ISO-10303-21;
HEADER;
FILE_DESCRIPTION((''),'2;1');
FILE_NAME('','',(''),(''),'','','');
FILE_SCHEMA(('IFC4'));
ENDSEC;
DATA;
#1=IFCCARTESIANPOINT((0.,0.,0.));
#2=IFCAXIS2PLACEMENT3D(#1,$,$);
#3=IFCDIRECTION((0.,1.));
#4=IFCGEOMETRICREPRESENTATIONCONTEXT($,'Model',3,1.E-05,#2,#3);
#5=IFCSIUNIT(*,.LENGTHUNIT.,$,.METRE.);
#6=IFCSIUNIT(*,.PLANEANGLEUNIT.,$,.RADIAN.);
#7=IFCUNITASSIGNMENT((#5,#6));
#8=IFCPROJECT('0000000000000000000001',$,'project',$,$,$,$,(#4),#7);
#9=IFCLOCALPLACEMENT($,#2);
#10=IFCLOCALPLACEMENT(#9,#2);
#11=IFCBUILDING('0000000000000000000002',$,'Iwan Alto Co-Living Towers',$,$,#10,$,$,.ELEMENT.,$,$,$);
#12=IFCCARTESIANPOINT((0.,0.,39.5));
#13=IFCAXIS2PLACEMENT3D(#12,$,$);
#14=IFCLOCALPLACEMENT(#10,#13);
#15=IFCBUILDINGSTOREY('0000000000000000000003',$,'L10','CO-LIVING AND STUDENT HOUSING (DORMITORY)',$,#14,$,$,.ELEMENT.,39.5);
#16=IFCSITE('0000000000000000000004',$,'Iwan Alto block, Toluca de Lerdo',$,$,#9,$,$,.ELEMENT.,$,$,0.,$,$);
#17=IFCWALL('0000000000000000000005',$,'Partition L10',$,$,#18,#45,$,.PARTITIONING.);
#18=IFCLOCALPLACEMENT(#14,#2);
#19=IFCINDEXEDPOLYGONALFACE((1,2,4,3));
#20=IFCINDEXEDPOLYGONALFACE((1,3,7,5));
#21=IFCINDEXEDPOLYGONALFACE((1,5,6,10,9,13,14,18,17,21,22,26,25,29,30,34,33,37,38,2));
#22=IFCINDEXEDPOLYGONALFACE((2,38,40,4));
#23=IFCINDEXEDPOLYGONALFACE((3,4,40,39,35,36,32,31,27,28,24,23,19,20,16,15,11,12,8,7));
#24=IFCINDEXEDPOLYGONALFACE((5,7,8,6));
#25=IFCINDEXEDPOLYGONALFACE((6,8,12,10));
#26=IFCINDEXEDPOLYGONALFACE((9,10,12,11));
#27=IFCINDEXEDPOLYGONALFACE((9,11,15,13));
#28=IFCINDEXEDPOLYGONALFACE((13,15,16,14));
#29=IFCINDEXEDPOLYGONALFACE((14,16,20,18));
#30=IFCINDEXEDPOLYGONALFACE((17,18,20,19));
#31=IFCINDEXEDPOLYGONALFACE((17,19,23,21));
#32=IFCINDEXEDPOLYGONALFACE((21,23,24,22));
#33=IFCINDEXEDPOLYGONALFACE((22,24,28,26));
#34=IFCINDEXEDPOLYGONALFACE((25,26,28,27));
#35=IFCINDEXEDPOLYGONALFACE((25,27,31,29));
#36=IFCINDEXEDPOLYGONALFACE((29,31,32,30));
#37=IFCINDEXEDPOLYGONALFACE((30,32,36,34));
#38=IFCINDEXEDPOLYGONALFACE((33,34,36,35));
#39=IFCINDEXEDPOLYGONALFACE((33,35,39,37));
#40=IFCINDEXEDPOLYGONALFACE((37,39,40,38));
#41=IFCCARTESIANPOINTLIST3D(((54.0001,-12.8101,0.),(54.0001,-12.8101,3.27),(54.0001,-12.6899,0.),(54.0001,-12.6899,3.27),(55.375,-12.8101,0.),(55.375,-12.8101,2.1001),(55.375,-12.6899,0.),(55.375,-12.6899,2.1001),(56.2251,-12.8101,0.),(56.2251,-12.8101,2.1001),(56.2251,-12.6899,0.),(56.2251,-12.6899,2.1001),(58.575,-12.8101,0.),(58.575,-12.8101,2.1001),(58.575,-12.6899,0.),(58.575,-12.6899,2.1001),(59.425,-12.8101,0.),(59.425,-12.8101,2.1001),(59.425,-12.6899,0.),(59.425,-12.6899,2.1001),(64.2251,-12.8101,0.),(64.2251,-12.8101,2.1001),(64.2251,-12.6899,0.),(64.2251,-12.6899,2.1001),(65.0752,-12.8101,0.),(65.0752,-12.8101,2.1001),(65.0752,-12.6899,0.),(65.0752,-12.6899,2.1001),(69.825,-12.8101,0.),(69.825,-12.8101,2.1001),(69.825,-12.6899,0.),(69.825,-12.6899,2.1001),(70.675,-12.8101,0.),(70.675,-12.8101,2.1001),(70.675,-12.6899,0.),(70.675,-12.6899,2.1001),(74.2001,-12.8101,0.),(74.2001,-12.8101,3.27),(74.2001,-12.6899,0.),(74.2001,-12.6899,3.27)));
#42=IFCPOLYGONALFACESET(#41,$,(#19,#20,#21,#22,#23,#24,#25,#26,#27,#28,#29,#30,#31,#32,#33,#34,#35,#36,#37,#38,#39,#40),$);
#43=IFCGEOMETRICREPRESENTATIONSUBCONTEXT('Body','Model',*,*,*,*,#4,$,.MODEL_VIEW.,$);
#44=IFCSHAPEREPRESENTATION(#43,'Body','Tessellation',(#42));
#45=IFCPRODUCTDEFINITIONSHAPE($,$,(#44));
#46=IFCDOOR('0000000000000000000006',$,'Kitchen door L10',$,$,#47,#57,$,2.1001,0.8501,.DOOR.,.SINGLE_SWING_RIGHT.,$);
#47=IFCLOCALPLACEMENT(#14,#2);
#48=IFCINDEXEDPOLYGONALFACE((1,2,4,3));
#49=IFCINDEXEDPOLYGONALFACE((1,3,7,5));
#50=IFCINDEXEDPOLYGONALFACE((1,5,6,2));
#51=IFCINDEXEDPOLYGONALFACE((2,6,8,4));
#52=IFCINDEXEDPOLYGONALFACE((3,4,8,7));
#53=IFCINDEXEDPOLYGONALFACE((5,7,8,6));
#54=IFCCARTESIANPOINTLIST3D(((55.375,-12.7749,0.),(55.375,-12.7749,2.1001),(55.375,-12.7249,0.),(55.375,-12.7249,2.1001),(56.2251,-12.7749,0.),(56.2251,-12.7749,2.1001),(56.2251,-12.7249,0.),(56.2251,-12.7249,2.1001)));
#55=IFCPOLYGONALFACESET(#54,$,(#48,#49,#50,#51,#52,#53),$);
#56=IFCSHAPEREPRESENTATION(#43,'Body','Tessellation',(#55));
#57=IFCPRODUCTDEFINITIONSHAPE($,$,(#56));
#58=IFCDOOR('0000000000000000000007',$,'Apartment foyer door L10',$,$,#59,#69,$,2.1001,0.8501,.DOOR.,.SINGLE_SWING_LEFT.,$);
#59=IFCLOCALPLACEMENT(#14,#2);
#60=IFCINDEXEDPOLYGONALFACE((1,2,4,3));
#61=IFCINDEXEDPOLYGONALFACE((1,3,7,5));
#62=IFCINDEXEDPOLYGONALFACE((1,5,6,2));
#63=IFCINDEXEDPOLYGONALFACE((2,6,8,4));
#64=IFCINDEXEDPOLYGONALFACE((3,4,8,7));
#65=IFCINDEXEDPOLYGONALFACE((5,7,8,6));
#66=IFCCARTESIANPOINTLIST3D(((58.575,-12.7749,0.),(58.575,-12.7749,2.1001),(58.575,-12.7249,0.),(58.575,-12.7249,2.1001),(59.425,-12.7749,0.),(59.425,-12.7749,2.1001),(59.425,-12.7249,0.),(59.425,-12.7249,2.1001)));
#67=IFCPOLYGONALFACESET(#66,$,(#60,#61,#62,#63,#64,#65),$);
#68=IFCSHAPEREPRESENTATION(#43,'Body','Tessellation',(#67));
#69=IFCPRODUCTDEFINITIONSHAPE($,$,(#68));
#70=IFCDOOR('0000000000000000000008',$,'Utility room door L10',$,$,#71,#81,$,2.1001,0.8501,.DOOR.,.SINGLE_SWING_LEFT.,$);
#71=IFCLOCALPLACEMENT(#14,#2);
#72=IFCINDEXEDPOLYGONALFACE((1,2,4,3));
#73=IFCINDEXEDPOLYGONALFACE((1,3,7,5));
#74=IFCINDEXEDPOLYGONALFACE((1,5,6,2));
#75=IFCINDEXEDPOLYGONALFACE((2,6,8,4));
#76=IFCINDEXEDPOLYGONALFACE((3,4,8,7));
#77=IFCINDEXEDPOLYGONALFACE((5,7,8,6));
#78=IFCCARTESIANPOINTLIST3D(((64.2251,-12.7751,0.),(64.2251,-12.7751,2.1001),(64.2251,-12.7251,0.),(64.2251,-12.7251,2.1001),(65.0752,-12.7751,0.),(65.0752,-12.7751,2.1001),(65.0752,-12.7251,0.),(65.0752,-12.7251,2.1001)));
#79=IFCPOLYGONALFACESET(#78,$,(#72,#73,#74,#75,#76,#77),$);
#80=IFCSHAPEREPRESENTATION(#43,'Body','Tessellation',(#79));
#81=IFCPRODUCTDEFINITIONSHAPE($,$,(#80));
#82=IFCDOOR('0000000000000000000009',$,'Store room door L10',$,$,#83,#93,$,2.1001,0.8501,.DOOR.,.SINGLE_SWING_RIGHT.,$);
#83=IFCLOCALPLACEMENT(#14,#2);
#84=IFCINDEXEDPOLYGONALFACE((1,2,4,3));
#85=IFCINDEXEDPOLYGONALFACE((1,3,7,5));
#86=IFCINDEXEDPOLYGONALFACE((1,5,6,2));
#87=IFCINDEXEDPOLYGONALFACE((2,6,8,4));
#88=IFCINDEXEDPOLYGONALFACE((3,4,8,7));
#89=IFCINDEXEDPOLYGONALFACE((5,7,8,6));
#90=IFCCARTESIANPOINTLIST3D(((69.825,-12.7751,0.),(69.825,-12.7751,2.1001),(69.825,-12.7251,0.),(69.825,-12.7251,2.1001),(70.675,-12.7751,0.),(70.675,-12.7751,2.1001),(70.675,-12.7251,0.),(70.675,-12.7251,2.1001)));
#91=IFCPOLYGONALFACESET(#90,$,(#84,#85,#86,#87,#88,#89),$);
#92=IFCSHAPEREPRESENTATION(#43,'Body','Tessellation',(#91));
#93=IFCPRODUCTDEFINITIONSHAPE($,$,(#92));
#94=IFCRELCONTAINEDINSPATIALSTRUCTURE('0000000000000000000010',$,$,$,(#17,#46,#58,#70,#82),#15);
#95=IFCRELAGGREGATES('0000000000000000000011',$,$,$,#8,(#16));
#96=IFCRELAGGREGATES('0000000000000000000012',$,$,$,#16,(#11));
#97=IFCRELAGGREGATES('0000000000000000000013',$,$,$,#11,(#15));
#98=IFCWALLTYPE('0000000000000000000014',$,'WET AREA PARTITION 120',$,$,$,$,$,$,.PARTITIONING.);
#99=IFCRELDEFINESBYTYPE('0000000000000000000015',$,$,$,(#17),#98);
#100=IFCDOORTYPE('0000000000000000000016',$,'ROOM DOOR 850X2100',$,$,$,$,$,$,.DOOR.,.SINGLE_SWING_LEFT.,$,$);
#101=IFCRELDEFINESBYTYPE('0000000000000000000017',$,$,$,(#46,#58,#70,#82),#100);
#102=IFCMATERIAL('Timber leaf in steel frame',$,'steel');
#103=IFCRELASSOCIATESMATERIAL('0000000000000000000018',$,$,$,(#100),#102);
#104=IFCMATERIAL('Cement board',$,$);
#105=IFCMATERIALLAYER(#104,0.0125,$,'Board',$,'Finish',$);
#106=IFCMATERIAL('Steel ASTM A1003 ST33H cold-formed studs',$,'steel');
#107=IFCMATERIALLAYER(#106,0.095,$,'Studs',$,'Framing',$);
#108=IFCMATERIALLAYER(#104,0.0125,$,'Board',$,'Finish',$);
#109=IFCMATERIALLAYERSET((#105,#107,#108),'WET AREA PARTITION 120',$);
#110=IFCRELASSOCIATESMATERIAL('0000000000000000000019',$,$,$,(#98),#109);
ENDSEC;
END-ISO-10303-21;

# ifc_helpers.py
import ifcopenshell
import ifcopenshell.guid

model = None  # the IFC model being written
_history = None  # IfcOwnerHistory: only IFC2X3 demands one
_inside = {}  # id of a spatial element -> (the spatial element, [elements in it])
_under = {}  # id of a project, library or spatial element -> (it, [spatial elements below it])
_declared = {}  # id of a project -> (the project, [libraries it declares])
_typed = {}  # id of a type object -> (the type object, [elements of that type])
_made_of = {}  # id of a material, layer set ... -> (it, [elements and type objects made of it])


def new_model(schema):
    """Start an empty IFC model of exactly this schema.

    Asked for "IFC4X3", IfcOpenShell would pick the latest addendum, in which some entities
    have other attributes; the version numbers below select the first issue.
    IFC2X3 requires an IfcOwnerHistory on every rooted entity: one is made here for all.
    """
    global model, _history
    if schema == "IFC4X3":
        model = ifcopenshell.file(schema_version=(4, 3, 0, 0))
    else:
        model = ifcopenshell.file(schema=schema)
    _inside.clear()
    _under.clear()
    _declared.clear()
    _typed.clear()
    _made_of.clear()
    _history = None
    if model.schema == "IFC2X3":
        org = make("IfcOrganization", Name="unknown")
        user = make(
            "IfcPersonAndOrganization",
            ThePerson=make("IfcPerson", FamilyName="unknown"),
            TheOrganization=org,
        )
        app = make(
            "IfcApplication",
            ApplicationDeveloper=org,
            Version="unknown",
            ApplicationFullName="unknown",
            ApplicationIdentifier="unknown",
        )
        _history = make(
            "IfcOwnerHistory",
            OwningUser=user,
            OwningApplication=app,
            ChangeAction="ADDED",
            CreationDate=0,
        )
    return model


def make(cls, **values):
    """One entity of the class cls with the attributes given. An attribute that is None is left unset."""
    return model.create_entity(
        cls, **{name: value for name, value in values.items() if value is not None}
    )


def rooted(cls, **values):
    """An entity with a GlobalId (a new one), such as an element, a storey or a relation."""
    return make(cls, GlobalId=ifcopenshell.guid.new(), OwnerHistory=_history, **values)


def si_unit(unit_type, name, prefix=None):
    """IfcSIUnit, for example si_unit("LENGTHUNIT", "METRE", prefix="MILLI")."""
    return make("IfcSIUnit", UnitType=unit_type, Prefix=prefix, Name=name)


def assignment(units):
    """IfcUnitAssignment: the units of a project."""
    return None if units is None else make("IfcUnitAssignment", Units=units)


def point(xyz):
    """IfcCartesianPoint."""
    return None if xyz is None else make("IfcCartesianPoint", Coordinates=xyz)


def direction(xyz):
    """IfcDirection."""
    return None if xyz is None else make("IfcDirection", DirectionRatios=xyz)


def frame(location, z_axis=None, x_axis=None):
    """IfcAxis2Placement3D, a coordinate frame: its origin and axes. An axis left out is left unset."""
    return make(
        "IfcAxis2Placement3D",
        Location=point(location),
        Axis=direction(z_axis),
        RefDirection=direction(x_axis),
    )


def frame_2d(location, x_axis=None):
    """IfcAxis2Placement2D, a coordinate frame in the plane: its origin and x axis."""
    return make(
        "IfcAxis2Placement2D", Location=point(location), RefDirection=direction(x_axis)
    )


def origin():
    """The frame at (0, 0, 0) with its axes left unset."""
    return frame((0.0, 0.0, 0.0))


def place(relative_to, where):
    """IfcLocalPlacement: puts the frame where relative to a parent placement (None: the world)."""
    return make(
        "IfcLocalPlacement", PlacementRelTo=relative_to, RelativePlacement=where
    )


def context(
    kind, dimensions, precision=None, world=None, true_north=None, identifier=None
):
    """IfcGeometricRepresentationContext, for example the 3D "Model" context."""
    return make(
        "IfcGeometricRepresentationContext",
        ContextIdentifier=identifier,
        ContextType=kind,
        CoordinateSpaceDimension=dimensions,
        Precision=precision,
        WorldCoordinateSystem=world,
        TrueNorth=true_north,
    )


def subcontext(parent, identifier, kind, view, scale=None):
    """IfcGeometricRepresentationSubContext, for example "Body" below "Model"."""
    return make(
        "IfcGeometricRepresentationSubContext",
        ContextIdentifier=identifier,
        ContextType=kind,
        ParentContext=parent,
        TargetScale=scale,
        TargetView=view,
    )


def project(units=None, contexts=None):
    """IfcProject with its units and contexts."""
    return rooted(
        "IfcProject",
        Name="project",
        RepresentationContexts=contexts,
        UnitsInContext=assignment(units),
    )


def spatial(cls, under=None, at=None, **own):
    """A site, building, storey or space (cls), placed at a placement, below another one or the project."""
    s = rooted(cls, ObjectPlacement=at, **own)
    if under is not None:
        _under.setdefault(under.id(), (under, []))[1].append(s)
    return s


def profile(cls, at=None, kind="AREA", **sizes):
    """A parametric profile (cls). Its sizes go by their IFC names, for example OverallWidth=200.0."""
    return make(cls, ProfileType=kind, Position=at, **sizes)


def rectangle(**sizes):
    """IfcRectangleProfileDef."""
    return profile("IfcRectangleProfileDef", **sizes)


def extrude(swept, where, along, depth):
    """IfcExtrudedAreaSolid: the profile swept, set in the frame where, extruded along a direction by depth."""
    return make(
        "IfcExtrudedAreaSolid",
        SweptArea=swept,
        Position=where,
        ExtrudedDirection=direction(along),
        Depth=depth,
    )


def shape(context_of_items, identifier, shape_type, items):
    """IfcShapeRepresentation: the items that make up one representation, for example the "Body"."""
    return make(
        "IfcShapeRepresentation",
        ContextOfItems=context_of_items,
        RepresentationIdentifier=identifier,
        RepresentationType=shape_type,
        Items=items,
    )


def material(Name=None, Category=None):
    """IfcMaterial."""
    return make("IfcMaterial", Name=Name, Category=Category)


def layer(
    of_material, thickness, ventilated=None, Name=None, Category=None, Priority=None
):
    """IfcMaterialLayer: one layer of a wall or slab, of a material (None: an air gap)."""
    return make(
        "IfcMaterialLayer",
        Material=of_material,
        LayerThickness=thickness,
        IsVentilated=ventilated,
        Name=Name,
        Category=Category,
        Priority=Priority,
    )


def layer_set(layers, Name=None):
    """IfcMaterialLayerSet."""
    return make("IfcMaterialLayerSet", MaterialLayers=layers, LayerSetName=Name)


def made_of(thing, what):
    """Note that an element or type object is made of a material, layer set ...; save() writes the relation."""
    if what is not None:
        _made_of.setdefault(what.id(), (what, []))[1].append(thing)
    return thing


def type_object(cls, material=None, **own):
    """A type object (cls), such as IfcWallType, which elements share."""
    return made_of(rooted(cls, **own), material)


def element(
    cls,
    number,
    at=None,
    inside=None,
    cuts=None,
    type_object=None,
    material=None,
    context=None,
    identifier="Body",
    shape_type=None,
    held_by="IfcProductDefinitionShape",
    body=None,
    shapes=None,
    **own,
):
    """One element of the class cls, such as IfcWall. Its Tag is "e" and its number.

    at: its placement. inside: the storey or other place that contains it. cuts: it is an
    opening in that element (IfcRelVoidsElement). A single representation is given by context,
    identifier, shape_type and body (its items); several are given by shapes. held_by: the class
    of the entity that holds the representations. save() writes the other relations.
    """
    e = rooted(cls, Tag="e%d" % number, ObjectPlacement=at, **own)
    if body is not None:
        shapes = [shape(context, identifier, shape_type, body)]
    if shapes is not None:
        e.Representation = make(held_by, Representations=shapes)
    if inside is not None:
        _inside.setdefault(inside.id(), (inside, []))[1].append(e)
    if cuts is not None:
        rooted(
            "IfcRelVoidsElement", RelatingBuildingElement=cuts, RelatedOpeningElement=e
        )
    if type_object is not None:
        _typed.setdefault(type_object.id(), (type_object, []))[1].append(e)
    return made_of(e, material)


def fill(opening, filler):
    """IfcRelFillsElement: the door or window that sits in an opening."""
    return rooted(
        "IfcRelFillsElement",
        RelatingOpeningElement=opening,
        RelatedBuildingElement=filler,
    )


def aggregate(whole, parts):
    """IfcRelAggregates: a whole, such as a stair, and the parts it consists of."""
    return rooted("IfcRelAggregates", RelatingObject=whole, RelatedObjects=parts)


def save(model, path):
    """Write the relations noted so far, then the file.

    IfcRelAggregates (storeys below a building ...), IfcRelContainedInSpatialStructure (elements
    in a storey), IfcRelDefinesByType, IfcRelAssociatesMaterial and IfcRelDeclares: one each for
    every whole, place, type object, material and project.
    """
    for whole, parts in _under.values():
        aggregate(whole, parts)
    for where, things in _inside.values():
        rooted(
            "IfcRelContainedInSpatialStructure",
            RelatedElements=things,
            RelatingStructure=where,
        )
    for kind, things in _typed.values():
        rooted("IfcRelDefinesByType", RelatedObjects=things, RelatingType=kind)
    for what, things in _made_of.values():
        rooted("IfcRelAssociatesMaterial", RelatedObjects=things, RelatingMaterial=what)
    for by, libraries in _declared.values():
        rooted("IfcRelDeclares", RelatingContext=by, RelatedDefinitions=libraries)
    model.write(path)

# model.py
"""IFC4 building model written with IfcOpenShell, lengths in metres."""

from ifc_helpers import new_model, si_unit, direction, frame, frame_2d, origin, place, context, subcontext, project, spatial, rectangle, extrude, material, layer, layer_set, type_object, element, fill, save


model = new_model("IFC4")

# Units and contexts
model_context = context("Model", 3, precision=1e-05, world=origin(), true_north=direction((0.0, 1.0)))
body_context = subcontext(model_context, "Body", "Model", "MODEL_VIEW")
ifc_project = project(units=[si_unit("LENGTHUNIT", "METRE"), si_unit("PLANEANGLEUNIT", "RADIAN")], contexts=[model_context])

# Site, building, storey
site_placement = place(None, origin())
site = spatial("IfcSite", under=ifc_project, at=site_placement, Name="Iwan Alto block, Toluca de Lerdo", CompositionType="ELEMENT", RefElevation=0.0)
building_placement = place(site_placement, origin())
building = spatial("IfcBuilding", under=site, at=building_placement, Name="Iwan Alto Co-Living Towers", CompositionType="ELEMENT")
storey_placement = place(building_placement, frame((0.0, 0.0, 39.5)))
storey = spatial("IfcBuildingStorey", under=building, at=storey_placement, Name="L10", Description="CO-LIVING AND STUDENT HOUSING (DORMITORY)", CompositionType="ELEMENT", Elevation=39.5)

# Shared definitions
ifc_material_1 = material(Name="Steel ASTM A1003 ST33H cold-formed studs", Category="steel")

# Shared definitions
ifc_material_2 = material(Name="Timber leaf in steel frame", Category="steel")
door_type = type_object("IfcDoorType", Name="ROOM DOOR 850X2100", OperationType="SINGLE_SWING_LEFT", PredefinedType="DOOR", material=ifc_material_2)

# Shared definitions
ifc_material_3 = material(Name="Cement board")
ifc_layer_1 = layer(ifc_material_3, 0.0125, Name="Board", Category="Finish")
ifc_layer_2 = layer(ifc_material_1, 0.095, Name="Studs", Category="Framing")
ifc_layer_3 = layer(ifc_material_3, 0.0125, Name="Board", Category="Finish")
ifc_layer_set_1 = layer_set([ifc_layer_1, ifc_layer_2, ifc_layer_3], Name="WET AREA PARTITION 120")
wall_type_1 = type_object("IfcWallType", Name="WET AREA PARTITION 120", PredefinedType="PARTITIONING", material=ifc_layer_set_1)

# Wall, openings, doors
wall_1_placement = place(storey_placement, frame((54.0, -12.75, 0.0), z_axis=(0.0, 0.0, 1.0), x_axis=(1.0, 0.0, 0.0)))
wall_1 = element("IfcWall", 1, at=wall_1_placement, inside=storey, type_object=wall_type_1, Name="Partition L10", PredefinedType="PARTITIONING", context=body_context, shape_type="SweptSolid", body=[
    extrude(rectangle(XDim=20.2, YDim=0.1201, at=frame_2d((10.1001, 0.0))), origin(), (0.0, 0.0, 1.0), 3.27),
])
opening_1_placement = place(wall_1_placement, frame((1.375, 0.0, 0.0)))
opening_1 = element("IfcOpeningElement", 2, at=opening_1_placement, cuts=wall_1, PredefinedType="OPENING", context=body_context, shape_type="SweptSolid", body=[
    extrude(rectangle(XDim=0.8501, YDim=2.1001, at=frame_2d((0.425, 1.05))), frame((0.0, 0.0701, 0.0), z_axis=(0.0, -1.0, 0.0), x_axis=(1.0, 0.0, 0.0)), (0.0, 0.0, 1.0), 0.1401),
])
opening_2_placement = place(wall_1_placement, frame((4.575, 0.0, 0.0)))
opening_2 = element("IfcOpeningElement", 3, at=opening_2_placement, cuts=wall_1, PredefinedType="OPENING", context=body_context, shape_type="SweptSolid", body=[
    extrude(rectangle(XDim=0.8501, YDim=2.1001, at=frame_2d((0.425, 1.05))), frame((0.0, 0.0701, 0.0), z_axis=(0.0, -1.0, 0.0), x_axis=(1.0, 0.0, 0.0)), (0.0, 0.0, 1.0), 0.1401),
])
opening_3_placement = place(wall_1_placement, frame((10.2251, 0.0, 0.0)))
opening_3 = element("IfcOpeningElement", 4, at=opening_3_placement, cuts=wall_1, PredefinedType="OPENING", context=body_context, shape_type="SweptSolid", body=[
    extrude(rectangle(XDim=0.8501, YDim=2.1001, at=frame_2d((0.425, 1.05))), frame((0.0, 0.0701, 0.0), z_axis=(0.0, -1.0, 0.0), x_axis=(1.0, 0.0, 0.0)), (0.0, 0.0, 1.0), 0.1401),
])
opening_4_placement = place(wall_1_placement, frame((15.825, 0.0, 0.0)))
opening_4 = element("IfcOpeningElement", 5, at=opening_4_placement, cuts=wall_1, PredefinedType="OPENING", context=body_context, shape_type="SweptSolid", body=[
    extrude(rectangle(XDim=0.8501, YDim=2.1001, at=frame_2d((0.425, 1.05))), frame((0.0, 0.0701, 0.0), z_axis=(0.0, -1.0, 0.0), x_axis=(1.0, 0.0, 0.0)), (0.0, 0.0, 1.0), 0.1401),
])
door_1_placement = place(opening_1_placement, frame((0.8501, 0.0, 0.0), z_axis=(0.0, 0.0, 1.0), x_axis=(-1.0, 0.0, 0.0)))
door_1 = element("IfcDoor", 6, at=door_1_placement, inside=storey, type_object=door_type, Name="Kitchen door L10", OperationType="SINGLE_SWING_RIGHT", OverallHeight=2.1001, OverallWidth=0.8501, PredefinedType="DOOR", context=body_context, shape_type="SweptSolid", body=[
    extrude(rectangle(XDim=0.8501, YDim=2.1001, at=frame_2d((0.425, 1.05))), frame((0.0, 0.0249, 0.0), z_axis=(0.0, -1.0, 0.0), x_axis=(1.0, 0.0, 0.0)), (0.0, 0.0, 1.0), 0.05),
])
fill(opening_1, door_1)
door_2_placement = place(opening_2_placement, frame((0.8501, 0.0, 0.0), z_axis=(0.0, 0.0, 1.0), x_axis=(-1.0, 0.0, 0.0)))
door_2 = element("IfcDoor", 7, at=door_2_placement, inside=storey, type_object=door_type, Name="Apartment foyer door L10", OperationType="SINGLE_SWING_LEFT", OverallHeight=2.1001, OverallWidth=0.8501, PredefinedType="DOOR", context=body_context, shape_type="SweptSolid", body=[
    extrude(rectangle(XDim=0.8501, YDim=2.1001, at=frame_2d((0.425, 1.05))), frame((0.0, 0.0249, 0.0), z_axis=(0.0, -1.0, 0.0), x_axis=(1.0, 0.0, 0.0)), (0.0, 0.0, 1.0), 0.05),
])
fill(opening_2, door_2)
door_3_placement = place(opening_3_placement, origin())
door_3 = element("IfcDoor", 8, at=door_3_placement, inside=storey, type_object=door_type, Name="Utility room door L10", OperationType="SINGLE_SWING_LEFT", OverallHeight=2.1001, OverallWidth=0.8501, PredefinedType="DOOR", context=body_context, shape_type="SweptSolid", body=[
    extrude(rectangle(XDim=0.8501, YDim=2.1001, at=frame_2d((0.425, 1.05))), frame((0.0, 0.0249, 0.0), z_axis=(0.0, -1.0, 0.0), x_axis=(1.0, 0.0, 0.0)), (0.0, 0.0, 1.0), 0.05),
])
fill(opening_3, door_3)
door_4_placement = place(opening_4_placement, origin())
door_4 = element("IfcDoor", 9, at=door_4_placement, inside=storey, type_object=door_type, Name="Store room door L10", OperationType="SINGLE_SWING_RIGHT", OverallHeight=2.1001, OverallWidth=0.8501, PredefinedType="DOOR", context=body_context, shape_type="SweptSolid", body=[
    extrude(rectangle(XDim=0.8501, YDim=2.1001, at=frame_2d((0.425, 1.05))), frame((0.0, 0.0249, 0.0), z_axis=(0.0, -1.0, 0.0), x_axis=(1.0, 0.0, 0.0)), (0.0, 0.0, 1.0), 0.05),
])
fill(opening_4, door_4)

save(model, "model.ifc")
